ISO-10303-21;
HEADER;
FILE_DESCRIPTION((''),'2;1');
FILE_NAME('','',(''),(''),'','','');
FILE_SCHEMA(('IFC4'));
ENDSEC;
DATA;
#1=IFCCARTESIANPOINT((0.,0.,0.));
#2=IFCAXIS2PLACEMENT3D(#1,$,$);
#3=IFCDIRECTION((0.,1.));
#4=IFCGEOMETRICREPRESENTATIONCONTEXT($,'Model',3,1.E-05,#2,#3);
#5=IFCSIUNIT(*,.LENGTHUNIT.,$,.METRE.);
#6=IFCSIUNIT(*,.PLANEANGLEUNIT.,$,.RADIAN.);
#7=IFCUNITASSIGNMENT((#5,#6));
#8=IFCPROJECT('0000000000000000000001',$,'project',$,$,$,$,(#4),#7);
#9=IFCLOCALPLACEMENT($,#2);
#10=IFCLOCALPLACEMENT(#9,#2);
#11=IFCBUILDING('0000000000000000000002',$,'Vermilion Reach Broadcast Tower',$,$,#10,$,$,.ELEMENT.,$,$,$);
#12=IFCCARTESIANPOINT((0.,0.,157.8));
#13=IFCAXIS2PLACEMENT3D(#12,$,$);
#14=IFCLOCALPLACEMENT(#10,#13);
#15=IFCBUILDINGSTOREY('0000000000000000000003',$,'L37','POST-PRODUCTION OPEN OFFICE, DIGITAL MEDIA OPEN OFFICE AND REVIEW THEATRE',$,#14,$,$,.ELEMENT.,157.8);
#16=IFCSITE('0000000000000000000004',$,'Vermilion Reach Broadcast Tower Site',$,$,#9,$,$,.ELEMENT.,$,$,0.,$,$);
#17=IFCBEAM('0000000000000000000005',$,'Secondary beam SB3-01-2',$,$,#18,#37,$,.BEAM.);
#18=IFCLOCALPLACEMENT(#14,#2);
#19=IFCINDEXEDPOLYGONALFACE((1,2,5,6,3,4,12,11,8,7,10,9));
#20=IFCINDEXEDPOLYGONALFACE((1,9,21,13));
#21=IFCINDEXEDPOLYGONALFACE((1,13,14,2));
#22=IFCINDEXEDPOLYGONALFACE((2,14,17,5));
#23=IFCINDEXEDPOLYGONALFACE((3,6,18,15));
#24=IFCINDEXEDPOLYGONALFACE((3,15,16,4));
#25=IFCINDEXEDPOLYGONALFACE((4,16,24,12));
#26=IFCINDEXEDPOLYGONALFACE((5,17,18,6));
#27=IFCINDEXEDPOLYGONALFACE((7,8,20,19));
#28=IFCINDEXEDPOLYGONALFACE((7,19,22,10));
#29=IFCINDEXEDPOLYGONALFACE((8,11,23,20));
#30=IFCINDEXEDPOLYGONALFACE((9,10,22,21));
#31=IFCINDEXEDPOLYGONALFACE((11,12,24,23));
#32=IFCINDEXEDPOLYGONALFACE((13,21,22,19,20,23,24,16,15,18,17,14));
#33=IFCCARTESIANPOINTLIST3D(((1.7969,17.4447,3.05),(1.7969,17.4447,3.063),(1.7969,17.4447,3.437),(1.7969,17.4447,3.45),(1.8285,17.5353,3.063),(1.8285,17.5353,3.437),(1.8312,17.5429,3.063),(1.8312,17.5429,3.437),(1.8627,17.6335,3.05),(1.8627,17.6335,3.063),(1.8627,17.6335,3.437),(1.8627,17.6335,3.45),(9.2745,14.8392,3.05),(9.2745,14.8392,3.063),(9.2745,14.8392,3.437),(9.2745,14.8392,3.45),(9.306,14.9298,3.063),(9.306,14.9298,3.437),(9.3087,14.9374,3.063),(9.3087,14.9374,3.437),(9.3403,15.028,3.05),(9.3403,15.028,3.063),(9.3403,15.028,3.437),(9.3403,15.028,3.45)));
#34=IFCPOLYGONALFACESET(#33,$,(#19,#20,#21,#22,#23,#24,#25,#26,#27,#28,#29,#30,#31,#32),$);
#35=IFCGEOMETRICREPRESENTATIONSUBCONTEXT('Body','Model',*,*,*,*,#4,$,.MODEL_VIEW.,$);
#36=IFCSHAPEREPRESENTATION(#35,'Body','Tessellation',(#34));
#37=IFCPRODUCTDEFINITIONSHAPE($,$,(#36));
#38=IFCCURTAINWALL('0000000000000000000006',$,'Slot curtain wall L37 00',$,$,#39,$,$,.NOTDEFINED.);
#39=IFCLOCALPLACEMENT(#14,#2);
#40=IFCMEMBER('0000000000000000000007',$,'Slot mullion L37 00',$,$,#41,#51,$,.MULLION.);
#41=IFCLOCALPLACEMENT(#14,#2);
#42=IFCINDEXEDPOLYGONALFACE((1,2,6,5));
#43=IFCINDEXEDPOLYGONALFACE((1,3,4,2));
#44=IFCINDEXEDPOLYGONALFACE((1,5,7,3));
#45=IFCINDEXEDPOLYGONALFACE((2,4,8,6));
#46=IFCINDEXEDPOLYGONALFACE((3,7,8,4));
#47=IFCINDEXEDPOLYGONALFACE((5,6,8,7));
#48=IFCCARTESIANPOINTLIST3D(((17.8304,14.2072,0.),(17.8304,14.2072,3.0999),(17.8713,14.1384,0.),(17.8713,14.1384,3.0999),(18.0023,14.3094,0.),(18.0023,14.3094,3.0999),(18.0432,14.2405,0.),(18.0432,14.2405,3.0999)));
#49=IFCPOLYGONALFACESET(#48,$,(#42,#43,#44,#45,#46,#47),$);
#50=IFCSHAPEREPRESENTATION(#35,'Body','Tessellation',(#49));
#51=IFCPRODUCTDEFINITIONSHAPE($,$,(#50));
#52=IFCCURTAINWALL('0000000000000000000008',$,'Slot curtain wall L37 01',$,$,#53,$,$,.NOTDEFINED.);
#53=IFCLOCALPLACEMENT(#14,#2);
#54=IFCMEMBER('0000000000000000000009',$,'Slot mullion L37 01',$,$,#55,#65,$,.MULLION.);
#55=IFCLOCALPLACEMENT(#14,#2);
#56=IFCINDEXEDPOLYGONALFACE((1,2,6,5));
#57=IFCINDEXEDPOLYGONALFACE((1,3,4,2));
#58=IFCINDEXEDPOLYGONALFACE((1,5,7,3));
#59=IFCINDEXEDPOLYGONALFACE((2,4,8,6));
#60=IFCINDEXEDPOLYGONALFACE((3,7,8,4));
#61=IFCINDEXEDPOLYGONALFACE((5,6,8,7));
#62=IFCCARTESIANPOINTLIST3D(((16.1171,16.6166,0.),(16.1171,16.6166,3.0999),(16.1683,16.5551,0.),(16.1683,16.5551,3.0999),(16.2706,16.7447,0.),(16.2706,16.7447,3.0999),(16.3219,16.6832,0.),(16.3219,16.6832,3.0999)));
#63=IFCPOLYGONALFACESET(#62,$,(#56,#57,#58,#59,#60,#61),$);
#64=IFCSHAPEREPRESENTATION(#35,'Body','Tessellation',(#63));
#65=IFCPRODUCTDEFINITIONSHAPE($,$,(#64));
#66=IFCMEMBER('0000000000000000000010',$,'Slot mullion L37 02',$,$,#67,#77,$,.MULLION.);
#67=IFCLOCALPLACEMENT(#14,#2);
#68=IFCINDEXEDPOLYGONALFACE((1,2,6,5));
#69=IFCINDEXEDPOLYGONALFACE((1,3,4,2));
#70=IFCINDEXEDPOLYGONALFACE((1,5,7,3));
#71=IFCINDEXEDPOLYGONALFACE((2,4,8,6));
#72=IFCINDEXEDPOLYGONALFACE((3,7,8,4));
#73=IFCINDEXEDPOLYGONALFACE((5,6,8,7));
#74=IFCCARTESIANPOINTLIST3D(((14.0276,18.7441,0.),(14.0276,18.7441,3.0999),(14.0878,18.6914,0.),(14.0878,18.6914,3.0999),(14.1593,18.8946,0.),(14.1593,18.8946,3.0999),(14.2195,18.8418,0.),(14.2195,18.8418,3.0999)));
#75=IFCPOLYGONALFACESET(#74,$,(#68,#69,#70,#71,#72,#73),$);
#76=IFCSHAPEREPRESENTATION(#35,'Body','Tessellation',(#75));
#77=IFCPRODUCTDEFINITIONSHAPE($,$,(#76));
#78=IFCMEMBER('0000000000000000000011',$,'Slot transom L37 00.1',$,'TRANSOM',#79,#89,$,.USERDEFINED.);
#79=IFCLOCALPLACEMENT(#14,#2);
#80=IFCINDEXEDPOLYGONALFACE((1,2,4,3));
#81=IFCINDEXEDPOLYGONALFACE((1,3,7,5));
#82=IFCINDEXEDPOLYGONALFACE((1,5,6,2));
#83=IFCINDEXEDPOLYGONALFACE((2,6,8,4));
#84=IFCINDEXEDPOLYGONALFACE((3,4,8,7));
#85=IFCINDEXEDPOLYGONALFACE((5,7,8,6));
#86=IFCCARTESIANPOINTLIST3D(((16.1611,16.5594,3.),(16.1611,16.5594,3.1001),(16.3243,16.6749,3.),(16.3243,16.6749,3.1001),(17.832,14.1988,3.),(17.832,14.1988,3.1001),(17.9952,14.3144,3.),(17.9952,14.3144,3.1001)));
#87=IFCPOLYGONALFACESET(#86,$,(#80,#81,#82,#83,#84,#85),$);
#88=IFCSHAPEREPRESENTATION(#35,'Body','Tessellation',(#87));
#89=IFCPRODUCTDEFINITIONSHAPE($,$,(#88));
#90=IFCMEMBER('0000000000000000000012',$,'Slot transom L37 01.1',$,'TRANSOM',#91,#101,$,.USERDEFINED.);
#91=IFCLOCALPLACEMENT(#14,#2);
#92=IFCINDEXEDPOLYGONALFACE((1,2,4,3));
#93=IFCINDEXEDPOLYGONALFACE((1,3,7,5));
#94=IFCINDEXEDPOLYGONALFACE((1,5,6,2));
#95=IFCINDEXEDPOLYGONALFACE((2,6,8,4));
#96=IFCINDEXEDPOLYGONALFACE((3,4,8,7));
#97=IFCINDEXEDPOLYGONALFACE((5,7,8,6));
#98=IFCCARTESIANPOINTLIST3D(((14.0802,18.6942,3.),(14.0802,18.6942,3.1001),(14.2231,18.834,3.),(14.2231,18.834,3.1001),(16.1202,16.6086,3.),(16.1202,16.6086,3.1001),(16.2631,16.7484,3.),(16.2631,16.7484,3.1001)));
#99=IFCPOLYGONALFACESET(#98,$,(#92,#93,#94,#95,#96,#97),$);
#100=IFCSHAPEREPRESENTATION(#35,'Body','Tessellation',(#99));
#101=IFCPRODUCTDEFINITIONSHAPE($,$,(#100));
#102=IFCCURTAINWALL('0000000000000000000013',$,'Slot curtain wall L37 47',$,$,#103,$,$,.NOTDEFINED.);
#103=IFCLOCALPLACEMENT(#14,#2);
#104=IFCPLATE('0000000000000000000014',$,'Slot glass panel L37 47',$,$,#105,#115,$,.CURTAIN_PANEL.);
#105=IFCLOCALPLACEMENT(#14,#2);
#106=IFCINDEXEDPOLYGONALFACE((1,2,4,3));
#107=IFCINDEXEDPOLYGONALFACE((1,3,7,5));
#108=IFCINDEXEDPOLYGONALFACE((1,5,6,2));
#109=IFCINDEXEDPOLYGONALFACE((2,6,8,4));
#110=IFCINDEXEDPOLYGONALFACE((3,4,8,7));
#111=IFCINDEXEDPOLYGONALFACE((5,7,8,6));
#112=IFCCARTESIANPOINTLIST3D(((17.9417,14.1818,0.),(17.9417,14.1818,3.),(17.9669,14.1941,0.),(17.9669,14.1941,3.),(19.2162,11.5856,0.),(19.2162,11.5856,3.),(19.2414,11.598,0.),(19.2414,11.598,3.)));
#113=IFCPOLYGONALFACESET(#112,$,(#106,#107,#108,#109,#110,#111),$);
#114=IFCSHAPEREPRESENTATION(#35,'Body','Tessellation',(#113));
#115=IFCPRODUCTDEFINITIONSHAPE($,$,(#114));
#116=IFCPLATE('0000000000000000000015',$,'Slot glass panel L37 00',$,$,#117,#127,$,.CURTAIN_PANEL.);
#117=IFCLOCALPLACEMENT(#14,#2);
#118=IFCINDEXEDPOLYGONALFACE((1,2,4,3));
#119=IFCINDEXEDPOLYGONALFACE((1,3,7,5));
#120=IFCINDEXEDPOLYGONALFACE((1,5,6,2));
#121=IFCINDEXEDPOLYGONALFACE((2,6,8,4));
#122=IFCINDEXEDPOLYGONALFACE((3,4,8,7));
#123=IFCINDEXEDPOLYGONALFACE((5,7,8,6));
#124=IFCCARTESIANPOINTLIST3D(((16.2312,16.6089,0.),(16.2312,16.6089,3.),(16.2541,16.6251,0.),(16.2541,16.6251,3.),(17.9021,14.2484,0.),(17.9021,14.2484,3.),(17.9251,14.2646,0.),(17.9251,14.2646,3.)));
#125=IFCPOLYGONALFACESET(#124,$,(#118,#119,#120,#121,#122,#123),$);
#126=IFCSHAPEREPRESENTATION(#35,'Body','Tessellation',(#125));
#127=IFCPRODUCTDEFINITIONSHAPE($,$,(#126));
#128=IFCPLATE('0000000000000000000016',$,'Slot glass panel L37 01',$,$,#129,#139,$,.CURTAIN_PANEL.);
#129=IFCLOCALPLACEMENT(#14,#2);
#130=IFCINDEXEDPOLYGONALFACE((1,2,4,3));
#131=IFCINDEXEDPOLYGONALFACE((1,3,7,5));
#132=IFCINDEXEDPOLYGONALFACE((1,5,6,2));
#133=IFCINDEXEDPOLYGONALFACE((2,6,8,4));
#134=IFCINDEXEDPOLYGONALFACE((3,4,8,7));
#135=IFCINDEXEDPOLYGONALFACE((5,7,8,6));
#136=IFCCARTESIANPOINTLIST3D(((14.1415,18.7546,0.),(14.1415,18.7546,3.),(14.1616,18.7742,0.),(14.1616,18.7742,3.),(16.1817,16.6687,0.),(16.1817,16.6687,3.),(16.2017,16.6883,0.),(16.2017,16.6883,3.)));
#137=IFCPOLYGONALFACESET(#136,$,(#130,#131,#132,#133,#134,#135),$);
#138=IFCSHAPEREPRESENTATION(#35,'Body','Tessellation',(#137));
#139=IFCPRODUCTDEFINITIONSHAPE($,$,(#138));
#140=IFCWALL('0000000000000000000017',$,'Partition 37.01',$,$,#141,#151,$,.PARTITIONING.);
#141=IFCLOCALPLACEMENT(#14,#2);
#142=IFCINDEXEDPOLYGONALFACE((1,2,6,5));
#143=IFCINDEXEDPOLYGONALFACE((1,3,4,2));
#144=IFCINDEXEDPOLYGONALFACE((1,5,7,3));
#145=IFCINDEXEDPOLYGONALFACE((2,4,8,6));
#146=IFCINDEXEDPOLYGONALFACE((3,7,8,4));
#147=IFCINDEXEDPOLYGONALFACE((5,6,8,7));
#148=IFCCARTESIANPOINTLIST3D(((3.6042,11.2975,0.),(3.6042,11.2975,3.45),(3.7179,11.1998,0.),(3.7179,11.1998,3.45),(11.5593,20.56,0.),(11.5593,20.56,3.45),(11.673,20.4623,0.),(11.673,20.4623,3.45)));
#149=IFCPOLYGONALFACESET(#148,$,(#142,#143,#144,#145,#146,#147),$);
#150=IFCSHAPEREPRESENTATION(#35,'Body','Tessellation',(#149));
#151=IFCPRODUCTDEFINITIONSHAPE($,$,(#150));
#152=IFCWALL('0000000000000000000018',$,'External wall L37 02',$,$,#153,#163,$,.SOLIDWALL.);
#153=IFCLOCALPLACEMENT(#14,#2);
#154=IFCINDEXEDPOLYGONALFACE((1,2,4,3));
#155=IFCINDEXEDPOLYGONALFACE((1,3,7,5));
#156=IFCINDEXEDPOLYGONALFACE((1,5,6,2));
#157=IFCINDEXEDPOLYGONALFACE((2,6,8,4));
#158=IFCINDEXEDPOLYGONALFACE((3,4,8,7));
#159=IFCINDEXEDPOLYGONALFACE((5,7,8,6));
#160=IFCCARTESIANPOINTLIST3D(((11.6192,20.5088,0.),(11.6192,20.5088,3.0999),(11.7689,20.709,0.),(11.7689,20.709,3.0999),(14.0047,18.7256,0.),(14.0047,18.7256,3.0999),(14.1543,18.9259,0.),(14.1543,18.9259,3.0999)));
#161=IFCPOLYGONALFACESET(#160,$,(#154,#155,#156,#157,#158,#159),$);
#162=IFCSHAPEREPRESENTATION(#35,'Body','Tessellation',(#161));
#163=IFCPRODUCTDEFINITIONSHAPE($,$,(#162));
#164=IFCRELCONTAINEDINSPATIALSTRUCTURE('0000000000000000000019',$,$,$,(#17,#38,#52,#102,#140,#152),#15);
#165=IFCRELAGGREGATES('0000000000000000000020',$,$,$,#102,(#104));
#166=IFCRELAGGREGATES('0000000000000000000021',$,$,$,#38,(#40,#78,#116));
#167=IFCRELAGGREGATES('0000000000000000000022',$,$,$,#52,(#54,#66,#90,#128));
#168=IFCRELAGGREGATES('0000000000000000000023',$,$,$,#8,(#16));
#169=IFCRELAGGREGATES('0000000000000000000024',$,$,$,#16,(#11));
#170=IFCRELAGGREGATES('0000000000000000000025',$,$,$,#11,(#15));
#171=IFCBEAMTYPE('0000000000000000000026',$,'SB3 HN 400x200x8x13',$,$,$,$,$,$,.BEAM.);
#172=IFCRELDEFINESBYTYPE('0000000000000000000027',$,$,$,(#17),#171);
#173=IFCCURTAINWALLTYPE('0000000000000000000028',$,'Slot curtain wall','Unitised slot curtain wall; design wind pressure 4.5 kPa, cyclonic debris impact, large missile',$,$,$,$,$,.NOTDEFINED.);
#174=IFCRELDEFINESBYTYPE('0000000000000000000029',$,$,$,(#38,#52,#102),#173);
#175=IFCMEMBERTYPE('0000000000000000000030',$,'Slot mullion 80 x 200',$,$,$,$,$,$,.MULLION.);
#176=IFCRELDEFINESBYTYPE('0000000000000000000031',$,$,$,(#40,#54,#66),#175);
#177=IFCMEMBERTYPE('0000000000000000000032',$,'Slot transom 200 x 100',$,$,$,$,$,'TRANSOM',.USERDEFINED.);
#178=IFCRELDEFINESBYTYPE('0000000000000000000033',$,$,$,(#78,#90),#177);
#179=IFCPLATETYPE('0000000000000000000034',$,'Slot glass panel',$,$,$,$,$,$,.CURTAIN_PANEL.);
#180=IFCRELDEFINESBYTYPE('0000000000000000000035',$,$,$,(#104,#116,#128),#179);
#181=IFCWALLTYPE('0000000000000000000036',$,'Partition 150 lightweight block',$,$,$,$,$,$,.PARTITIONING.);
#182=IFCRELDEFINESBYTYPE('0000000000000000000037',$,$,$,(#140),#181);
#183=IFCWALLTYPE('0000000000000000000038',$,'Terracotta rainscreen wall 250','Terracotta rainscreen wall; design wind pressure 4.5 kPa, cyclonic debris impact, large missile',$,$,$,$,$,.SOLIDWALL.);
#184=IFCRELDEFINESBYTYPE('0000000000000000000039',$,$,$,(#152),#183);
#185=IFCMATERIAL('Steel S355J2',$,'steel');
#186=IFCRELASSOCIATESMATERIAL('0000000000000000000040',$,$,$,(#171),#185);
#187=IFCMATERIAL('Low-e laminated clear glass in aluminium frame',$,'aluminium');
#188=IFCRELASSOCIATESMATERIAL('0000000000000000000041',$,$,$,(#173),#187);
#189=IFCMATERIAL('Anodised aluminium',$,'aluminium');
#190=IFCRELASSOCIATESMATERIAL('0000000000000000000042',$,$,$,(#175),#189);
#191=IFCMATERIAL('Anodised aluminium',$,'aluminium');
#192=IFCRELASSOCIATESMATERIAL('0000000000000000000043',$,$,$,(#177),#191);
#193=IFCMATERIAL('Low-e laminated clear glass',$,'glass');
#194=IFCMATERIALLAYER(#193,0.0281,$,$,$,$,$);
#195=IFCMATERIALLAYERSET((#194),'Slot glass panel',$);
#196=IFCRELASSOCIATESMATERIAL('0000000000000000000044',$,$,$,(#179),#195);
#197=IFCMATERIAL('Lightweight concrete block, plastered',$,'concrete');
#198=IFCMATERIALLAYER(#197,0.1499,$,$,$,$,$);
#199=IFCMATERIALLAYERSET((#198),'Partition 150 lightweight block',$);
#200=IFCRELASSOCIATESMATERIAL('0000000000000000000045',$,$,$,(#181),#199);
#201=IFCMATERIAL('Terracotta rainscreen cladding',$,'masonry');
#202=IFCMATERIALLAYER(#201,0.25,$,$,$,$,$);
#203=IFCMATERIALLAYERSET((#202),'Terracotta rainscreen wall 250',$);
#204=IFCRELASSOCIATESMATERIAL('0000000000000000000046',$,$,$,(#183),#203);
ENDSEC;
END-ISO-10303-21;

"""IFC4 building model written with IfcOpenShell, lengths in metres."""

from ifc_helpers import new_model, si_unit, direction, frame, frame_2d, origin, origin_2d, place, context, subcontext, project, spatial, rectangle, i_section, extrude, material, layer, layer_set, material_profile, profile_set, type_object, element, aggregate, save


model = new_model("IFC4")

# Units and contexts
model_context = context("Model", 3, precision=1e-05, world=origin(), true_north=direction((0.0, 1.0)))
body_context = subcontext(model_context, "Body", "Model", "MODEL_VIEW")
ifc_project = project(units=[si_unit("LENGTHUNIT", "METRE"), si_unit("PLANEANGLEUNIT", "RADIAN")], contexts=[model_context])

# Site, building, storey
site_placement = place(None, origin())
site = spatial("IfcSite", under=ifc_project, at=site_placement, Name="Vermilion Reach Broadcast Tower Site", CompositionType="ELEMENT", RefElevation=0.0)
building_placement = place(site_placement, origin())
building = spatial("IfcBuilding", under=site, at=building_placement, Name="Vermilion Reach Broadcast Tower", CompositionType="ELEMENT")
storey_placement = place(building_placement, frame((0.0, 0.0, 157.8)))
storey = spatial("IfcBuildingStorey", under=building, at=storey_placement, Name="L37", Description="POST-PRODUCTION OPEN OFFICE, DIGITAL MEDIA OPEN OFFICE AND REVIEW THEATRE", CompositionType="ELEMENT", Elevation=157.8)

# Beam
ifc_material_1 = material(Name="Steel S355J2", Category="steel")
ifc_material_profile_1 = material_profile(ifc_material_1, i_section(OverallWidth=0.2, OverallDepth=0.3999, WebThickness=0.0081, FlangeThickness=0.0129, at=origin_2d()), Name="S355J2 HN 400x200x8x13")
ifc_profile_set_1 = profile_set([ifc_material_profile_1], Name="Steel S355J2")
beam_type_1 = type_object("IfcBeamType", Name="SB3 HN 400x200x8x13", PredefinedType="BEAM", material=ifc_profile_set_1)
beam_1_placement = place(storey_placement, frame((9.3074, 14.9336, 3.25), z_axis=(-0.944317, 0.329037, 0.0), x_axis=(-0.329037, -0.944317, 0.0)))
element("IfcBeam", 1, at=beam_1_placement, inside=storey, type_object=beam_type_1, Name="Secondary beam SB3-01-2", PredefinedType="BEAM", context=body_context, shape_type="SweptSolid", body=[
    extrude(i_section(OverallWidth=0.2, OverallDepth=0.3999, WebThickness=0.0081, FlangeThickness=0.0129, at=origin_2d()), origin(), (0.0, 0.0, 1.0), 7.9185),
])

# Curtain wall, member
ifc_material_2 = material(Name="Low-e laminated clear glass in aluminium frame", Category="aluminium")
curtain_wall_type = type_object("IfcCurtainWallType", Name="Slot curtain wall", Description="Unitised slot curtain wall; design wind pressure 4.5 kPa, cyclonic debris impact, large missile", PredefinedType="NOTDEFINED", material=ifc_material_2)
placement = place(storey_placement, origin())
curtain_wall_1 = element("IfcCurtainWall", 2, at=placement, inside=storey, type_object=curtain_wall_type, Name="Slot curtain wall L37 00", PredefinedType="NOTDEFINED")
ifc_material_3 = material(Name="Anodised aluminium", Category="aluminium")
ifc_material_profile_2 = material_profile(ifc_material_3, rectangle(XDim=0.2, YDim=0.0801, at=origin_2d()), Name="Slot mullion 80 x 200")
ifc_profile_set_2 = profile_set([ifc_material_profile_2], Name="Anodised aluminium")
member_type_1 = type_object("IfcMemberType", Name="Slot mullion 80 x 200", PredefinedType="MULLION", material=ifc_profile_set_2)
member_1_placement = place(storey_placement, frame((17.9368, 14.2239, 0.0), z_axis=(0.0, 0.0, 1.0), x_axis=(-0.859674, -0.510843, 0.0)))
member_1 = element("IfcMember", 3, at=member_1_placement, type_object=member_type_1, Name="Slot mullion L37 00", PredefinedType="MULLION", context=body_context, shape_type="SweptSolid", body=[
    extrude(rectangle(XDim=0.2, YDim=0.0801, at=origin_2d()), origin(), (0.0, 0.0, 1.0), 3.0999),
])

# Curtain wall, members
curtain_wall_2 = element("IfcCurtainWall", 4, at=placement, inside=storey, type_object=curtain_wall_type, Name="Slot curtain wall L37 01", PredefinedType="NOTDEFINED")
member_2_placement = place(storey_placement, frame((16.2195, 16.6499, 0.0), z_axis=(0.0, 0.0, 1.0), x_axis=(-0.767961, -0.640497, 0.0)))
member_2 = element("IfcMember", 5, at=member_2_placement, type_object=member_type_1, Name="Slot mullion L37 01", PredefinedType="MULLION", context=body_context, shape_type="SweptSolid", body=[
    extrude(rectangle(XDim=0.2, YDim=0.0801, at=origin_2d()), origin(), (0.0, 0.0, 1.0), 3.0999),
])
member_3_placement = place(storey_placement, frame((14.1235, 18.793, 0.0), z_axis=(0.0, 0.0, 1.0), x_axis=(-0.658776, -0.75234, 0.0)))
member_3 = element("IfcMember", 6, at=member_3_placement, type_object=member_type_1, Name="Slot mullion L37 02", PredefinedType="MULLION", context=body_context, shape_type="SweptSolid", body=[
    extrude(rectangle(XDim=0.2, YDim=0.0801, at=origin_2d()), origin(), (0.0, 0.0, 1.0), 3.0999),
])

# Members
ifc_material_4 = material(Name="Anodised aluminium", Category="aluminium")
ifc_material_profile_3 = material_profile(ifc_material_4, rectangle(XDim=0.2, YDim=0.1001, at=origin_2d()), Name="Slot transom 200 x 100")
ifc_profile_set_3 = profile_set([ifc_material_profile_3], Name="Anodised aluminium")
member_type_2 = type_object("IfcMemberType", Name="Slot transom 200 x 100", ElementType="TRANSOM", PredefinedType="USERDEFINED", material=ifc_profile_set_3)
member_4_placement = place(storey_placement, frame((17.9136, 14.2566, 3.05), z_axis=(-0.577743, 0.816219, 0.0), x_axis=(-0.816219, -0.577743, 0.0)))
member_4 = element("IfcMember", 7, at=member_4_placement, type_object=member_type_2, Name="Slot transom L37 00.1", ObjectType="TRANSOM", PredefinedType="USERDEFINED", context=body_context, shape_type="SweptSolid", body=[
    extrude(rectangle(XDim=0.2, YDim=0.1001, at=origin_2d()), origin(), (0.0, 0.0, 1.0), 2.8921),
])
member_5_placement = place(storey_placement, frame((16.1917, 16.6785, 3.05), z_axis=(-0.699239, 0.714888, 0.0), x_axis=(-0.714888, -0.699239, 0.0)))
member_5 = element("IfcMember", 8, at=member_5_placement, type_object=member_type_2, Name="Slot transom L37 01.1", ObjectType="TRANSOM", PredefinedType="USERDEFINED", context=body_context, shape_type="SweptSolid", body=[
    extrude(rectangle(XDim=0.2, YDim=0.1001, at=origin_2d()), origin(), (0.0, 0.0, 1.0), 2.9175),
])

# Curtain wall, plate
curtain_wall_3 = element("IfcCurtainWall", 9, at=placement, inside=storey, type_object=curtain_wall_type, Name="Slot curtain wall L37 47", PredefinedType="NOTDEFINED")
ifc_material_5 = material(Name="Low-e laminated clear glass", Category="glass")
ifc_layer_1 = layer(ifc_material_5, 0.0281)
ifc_layer_set_1 = layer_set([ifc_layer_1], Name="Slot glass panel")
plate_type = type_object("IfcPlateType", Name="Slot glass panel", PredefinedType="CURTAIN_PANEL", material=ifc_layer_set_1)
plate_1_placement = place(storey_placement, frame((18.5916, 12.8899, 0.0), z_axis=(0.0, 0.0, 1.0), x_axis=(-0.440672, 0.897668, 0.0)))
plate_1 = element("IfcPlate", 10, at=plate_1_placement, type_object=plate_type, Name="Slot glass panel L37 47", PredefinedType="CURTAIN_PANEL", context=body_context, shape_type="SweptSolid", body=[
    extrude(rectangle(XDim=2.8921, YDim=0.0281, at=origin_2d()), origin(), (0.0, 0.0, 1.0), 3.0),
])
aggregate(curtain_wall_3, [plate_1])

# Plates
plate_2_placement = place(storey_placement, frame((17.0781, 15.4368, 0.0), z_axis=(0.0, 0.0, 1.0), x_axis=(-0.577761, 0.816206, 0.0)))
plate_2 = element("IfcPlate", 11, at=plate_2_placement, type_object=plate_type, Name="Slot glass panel L37 00", PredefinedType="CURTAIN_PANEL", context=body_context, shape_type="SweptSolid", body=[
    extrude(rectangle(XDim=2.8921, YDim=0.0281, at=origin_2d()), origin(), (0.0, 0.0, 1.0), 3.0),
])
aggregate(curtain_wall_1, [member_1, member_4, plate_2])
plate_3_placement = place(storey_placement, frame((15.1716, 17.7214, 0.0), z_axis=(0.0, 0.0, 1.0), x_axis=(-0.699221, 0.714906, 0.0)))
plate_3 = element("IfcPlate", 12, at=plate_3_placement, type_object=plate_type, Name="Slot glass panel L37 01", PredefinedType="CURTAIN_PANEL", context=body_context, shape_type="SweptSolid", body=[
    extrude(rectangle(XDim=2.9177, YDim=0.0281, at=origin_2d()), origin(), (0.0, 0.0, 1.0), 3.0),
])
aggregate(curtain_wall_2, [member_2, member_3, member_5, plate_3])

# Walls
ifc_material_6 = material(Name="Lightweight concrete block, plastered", Category="concrete")
ifc_layer_2 = layer(ifc_material_6, 0.1499)
ifc_layer_set_2 = layer_set([ifc_layer_2], Name="Partition 150 lightweight block")
wall_type_1 = type_object("IfcWallType", Name="Partition 150 lightweight block", PredefinedType="PARTITIONING", material=ifc_layer_set_2)
wall_1_placement = place(storey_placement, frame((11.6162, 20.5112, 0.0), z_axis=(0.0, 0.0, 1.0), x_axis=(-0.651539, -0.758615, 0.0)))
element("IfcWall", 13, at=wall_1_placement, inside=storey, type_object=wall_type_1, Name="Partition 37.01", PredefinedType="PARTITIONING", context=body_context, shape_type="SweptSolid", body=[
    extrude(rectangle(XDim=12.2097, YDim=0.1499, at=frame_2d((6.105, 0.0))), origin(), (0.0, 0.0, 1.0), 3.45),
])
ifc_material_7 = material(Name="Terracotta rainscreen cladding", Category="masonry")
ifc_layer_3 = layer(ifc_material_7, 0.25)
ifc_layer_set_3 = layer_set([ifc_layer_3], Name="Terracotta rainscreen wall 250")
wall_type_2 = type_object("IfcWallType", Name="Terracotta rainscreen wall 250", Description="Terracotta rainscreen wall; design wind pressure 4.5 kPa, cyclonic debris impact, large missile", PredefinedType="SOLIDWALL", material=ifc_layer_set_3)
wall_2_placement = place(storey_placement, frame((14.0796, 18.8257, 0.0), z_axis=(0.0, 0.0, 1.0), x_axis=(-0.800953, 0.598727, 0.0)))
element("IfcWall", 14, at=wall_2_placement, inside=storey, type_object=wall_type_2, Name="External wall L37 02", PredefinedType="SOLIDWALL", context=body_context, shape_type="SweptSolid", body=[
    extrude(rectangle(XDim=2.9783, YDim=0.25, at=frame_2d((1.4893, 0.0))), origin(), (0.0, 0.0, 1.0), 3.0999),
])

save(model, "model.ifc")
